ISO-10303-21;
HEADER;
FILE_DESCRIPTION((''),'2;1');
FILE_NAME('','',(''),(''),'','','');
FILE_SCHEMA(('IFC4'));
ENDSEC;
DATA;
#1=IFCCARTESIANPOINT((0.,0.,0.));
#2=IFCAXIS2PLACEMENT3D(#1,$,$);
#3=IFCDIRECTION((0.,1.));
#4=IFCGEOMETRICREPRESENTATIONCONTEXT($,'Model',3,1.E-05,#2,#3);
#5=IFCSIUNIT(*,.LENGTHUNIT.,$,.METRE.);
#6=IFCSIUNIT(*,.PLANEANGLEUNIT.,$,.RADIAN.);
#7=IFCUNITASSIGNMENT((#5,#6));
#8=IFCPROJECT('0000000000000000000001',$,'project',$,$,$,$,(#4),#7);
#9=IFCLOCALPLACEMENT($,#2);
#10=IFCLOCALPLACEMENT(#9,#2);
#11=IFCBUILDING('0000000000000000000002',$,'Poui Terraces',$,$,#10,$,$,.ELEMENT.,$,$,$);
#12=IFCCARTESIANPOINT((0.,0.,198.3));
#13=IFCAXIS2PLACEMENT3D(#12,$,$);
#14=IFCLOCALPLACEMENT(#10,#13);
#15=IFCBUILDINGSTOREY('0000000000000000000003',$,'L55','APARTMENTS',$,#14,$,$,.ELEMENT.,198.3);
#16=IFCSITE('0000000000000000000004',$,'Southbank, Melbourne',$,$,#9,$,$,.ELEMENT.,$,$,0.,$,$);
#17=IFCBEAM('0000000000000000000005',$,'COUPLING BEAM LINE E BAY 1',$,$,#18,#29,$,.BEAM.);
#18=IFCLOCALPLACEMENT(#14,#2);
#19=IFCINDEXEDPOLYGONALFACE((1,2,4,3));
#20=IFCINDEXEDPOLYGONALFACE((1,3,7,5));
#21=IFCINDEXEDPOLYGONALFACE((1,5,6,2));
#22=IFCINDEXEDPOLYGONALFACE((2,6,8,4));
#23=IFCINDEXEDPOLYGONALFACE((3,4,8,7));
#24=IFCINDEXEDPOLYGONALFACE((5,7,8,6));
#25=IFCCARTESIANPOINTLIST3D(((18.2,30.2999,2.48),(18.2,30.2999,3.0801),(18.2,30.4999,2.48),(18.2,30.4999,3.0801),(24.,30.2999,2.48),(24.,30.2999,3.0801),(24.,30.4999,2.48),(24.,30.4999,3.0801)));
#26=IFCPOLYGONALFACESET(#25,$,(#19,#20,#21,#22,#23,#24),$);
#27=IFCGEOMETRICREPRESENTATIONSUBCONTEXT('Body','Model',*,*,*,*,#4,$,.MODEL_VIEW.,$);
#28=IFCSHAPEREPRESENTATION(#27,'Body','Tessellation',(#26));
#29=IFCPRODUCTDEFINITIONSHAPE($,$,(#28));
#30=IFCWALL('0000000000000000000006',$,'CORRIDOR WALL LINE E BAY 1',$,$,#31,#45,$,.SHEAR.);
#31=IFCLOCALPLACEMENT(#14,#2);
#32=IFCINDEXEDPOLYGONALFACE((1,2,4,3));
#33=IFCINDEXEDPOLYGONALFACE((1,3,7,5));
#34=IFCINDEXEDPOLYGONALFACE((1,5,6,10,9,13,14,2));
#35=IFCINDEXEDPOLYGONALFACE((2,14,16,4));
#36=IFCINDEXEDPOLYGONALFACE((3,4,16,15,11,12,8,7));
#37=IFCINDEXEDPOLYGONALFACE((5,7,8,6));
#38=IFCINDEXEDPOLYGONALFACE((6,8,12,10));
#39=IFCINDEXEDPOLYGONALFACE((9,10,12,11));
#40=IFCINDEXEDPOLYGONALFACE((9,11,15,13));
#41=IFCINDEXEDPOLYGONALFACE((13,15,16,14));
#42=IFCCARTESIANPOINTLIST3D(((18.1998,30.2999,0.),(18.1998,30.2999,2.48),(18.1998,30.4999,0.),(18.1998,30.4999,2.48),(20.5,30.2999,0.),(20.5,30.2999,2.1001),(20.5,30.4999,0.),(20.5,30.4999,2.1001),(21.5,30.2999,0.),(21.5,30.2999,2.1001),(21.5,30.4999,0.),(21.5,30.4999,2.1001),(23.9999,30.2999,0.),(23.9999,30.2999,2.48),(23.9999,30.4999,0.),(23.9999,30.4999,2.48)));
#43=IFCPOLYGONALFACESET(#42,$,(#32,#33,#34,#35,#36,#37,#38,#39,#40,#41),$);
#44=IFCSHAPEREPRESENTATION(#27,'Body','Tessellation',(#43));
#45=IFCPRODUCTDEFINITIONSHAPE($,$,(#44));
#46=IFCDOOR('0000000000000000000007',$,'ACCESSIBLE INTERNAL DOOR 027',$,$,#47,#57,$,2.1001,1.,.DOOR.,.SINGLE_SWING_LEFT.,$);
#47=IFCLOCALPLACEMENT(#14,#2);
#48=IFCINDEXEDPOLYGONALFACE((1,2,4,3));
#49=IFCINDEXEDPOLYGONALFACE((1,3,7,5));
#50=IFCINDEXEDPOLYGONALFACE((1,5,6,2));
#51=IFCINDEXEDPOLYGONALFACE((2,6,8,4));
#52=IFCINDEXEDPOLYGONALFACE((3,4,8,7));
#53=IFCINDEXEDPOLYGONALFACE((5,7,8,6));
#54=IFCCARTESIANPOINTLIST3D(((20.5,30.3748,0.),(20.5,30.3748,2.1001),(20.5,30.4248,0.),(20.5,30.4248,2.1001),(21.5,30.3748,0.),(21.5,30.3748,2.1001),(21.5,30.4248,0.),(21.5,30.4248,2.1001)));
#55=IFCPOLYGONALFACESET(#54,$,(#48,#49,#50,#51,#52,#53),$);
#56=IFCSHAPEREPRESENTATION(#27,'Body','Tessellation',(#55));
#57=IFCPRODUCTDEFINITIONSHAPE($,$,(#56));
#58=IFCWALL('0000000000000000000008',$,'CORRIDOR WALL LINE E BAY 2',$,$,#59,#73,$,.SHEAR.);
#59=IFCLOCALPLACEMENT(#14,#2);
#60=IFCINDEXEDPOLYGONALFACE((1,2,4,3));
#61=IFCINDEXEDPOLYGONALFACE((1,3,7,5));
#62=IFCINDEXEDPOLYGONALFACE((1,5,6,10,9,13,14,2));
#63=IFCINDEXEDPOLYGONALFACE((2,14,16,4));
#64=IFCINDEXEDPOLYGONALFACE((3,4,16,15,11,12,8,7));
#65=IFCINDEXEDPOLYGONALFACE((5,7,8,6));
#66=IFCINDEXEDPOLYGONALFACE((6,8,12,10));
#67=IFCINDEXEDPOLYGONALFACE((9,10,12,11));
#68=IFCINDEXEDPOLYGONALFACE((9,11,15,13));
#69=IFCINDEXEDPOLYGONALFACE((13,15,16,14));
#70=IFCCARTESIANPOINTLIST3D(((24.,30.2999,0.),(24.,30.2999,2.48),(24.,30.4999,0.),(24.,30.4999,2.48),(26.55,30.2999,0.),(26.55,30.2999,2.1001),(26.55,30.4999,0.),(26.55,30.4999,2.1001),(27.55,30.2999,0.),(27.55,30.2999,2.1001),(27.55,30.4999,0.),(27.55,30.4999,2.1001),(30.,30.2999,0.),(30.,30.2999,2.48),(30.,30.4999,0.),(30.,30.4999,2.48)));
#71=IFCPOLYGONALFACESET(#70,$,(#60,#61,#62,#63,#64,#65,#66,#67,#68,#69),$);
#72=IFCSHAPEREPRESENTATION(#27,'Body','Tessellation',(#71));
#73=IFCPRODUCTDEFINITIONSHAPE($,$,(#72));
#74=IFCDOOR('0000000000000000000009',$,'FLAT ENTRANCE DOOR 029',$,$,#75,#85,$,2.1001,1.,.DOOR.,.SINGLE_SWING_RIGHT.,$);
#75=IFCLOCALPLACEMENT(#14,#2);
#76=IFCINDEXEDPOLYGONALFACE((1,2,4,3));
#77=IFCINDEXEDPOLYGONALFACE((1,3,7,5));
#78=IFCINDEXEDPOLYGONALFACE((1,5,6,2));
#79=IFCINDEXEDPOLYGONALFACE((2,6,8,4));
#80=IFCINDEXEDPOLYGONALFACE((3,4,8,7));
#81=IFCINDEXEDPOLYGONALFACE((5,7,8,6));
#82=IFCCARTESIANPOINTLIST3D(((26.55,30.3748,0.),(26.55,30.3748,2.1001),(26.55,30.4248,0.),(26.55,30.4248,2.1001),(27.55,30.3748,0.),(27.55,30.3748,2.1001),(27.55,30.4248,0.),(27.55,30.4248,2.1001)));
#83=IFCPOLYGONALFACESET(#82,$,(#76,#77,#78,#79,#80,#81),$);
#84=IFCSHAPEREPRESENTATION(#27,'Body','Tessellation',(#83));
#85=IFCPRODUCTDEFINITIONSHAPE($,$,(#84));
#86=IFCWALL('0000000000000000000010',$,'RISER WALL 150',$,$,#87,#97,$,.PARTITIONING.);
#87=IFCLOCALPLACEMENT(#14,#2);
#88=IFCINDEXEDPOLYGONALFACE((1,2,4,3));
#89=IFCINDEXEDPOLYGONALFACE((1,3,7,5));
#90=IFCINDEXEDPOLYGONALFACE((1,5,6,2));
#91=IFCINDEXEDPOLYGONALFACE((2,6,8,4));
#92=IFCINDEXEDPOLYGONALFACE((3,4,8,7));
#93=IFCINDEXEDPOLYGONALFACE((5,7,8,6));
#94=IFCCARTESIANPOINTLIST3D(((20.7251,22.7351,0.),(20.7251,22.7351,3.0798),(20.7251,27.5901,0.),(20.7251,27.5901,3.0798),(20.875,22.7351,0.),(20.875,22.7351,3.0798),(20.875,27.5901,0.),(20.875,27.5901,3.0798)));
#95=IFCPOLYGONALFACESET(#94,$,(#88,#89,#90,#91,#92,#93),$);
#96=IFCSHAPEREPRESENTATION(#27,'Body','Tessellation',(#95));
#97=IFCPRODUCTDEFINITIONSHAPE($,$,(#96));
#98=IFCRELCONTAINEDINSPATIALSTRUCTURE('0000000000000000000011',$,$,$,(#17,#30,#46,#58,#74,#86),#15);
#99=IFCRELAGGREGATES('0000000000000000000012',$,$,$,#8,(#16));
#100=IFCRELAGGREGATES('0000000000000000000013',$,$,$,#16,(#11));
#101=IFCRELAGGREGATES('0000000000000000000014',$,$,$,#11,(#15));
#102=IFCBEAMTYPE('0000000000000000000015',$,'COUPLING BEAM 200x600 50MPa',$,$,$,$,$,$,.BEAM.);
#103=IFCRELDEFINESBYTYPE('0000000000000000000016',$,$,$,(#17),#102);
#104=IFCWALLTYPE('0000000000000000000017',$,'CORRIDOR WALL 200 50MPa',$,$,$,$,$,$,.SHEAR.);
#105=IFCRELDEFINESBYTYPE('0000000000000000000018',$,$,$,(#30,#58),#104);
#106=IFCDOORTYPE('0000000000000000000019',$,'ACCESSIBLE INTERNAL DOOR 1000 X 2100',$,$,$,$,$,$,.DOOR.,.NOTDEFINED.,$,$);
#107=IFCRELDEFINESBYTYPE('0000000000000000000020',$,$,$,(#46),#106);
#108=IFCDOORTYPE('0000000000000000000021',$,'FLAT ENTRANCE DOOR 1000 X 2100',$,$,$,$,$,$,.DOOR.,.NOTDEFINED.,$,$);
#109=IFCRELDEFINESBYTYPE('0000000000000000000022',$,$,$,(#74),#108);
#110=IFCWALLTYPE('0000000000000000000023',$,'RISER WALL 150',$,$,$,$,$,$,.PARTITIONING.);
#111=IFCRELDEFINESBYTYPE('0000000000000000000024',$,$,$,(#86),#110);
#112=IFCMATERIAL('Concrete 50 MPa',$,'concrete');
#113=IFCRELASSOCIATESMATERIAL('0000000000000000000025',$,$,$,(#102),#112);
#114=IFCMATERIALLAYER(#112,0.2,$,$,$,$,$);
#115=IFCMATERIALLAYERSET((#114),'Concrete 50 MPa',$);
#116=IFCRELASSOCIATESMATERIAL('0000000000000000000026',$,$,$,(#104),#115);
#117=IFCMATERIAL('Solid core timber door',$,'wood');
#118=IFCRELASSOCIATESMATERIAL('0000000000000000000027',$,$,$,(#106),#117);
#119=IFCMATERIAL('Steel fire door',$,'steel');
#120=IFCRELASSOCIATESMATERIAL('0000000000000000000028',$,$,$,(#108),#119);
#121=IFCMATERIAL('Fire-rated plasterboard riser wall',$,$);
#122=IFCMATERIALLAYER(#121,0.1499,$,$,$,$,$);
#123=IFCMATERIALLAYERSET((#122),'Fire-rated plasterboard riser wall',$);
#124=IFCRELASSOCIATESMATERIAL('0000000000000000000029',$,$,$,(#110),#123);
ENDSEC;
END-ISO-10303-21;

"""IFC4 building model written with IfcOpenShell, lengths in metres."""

from ifc_helpers import new_model, si_unit, direction, frame, frame_2d, origin, origin_2d, place, context, subcontext, project, spatial, rectangle, extrude, source, transform, mapped, material, layer, layer_set, material_profile, profile_set, type_object, element, fill, save


model = new_model("IFC4")

# Units and contexts
model_context = context("Model", 3, precision=1e-05, world=origin(), true_north=direction((0.0, 1.0)))
body_context = subcontext(model_context, "Body", "Model", "MODEL_VIEW")
ifc_project = project(units=[si_unit("LENGTHUNIT", "METRE"), si_unit("PLANEANGLEUNIT", "RADIAN")], contexts=[model_context])

# Site, building, storey
site_placement = place(None, origin())
site = spatial("IfcSite", under=ifc_project, at=site_placement, Name="Southbank, Melbourne", CompositionType="ELEMENT", RefElevation=0.0)
building_placement = place(site_placement, origin())
building = spatial("IfcBuilding", under=site, at=building_placement, Name="Poui Terraces", CompositionType="ELEMENT")
storey_placement = place(building_placement, frame((0.0, 0.0, 198.3)))
storey = spatial("IfcBuildingStorey", under=building, at=storey_placement, Name="L55", Description="APARTMENTS", CompositionType="ELEMENT", Elevation=198.3)

# Beam
ifc_material_1 = material(Name="Concrete 50 MPa", Category="concrete")
ifc_material_profile = material_profile(ifc_material_1, rectangle(XDim=0.2, YDim=0.6001, at=origin_2d()), Name="RC 200x600")
ifc_profile_set = profile_set([ifc_material_profile], Name="Concrete 50 MPa")
beam_type = type_object("IfcBeamType", Name="COUPLING BEAM 200x600 50MPa", PredefinedType="BEAM", material=ifc_profile_set)
shared_shape = source(origin(), body_context, "Body", "SweptSolid", [
    extrude(rectangle(XDim=0.2, YDim=0.6001, at=origin_2d()), origin(), (0.0, 0.0, 1.0), 5.8),
])
beam_placement = place(storey_placement, frame((18.2, 30.3999, 2.78), z_axis=(1.0, 0.0, 0.0), x_axis=(0.0, 1.0, 0.0)))
element("IfcBeam", 1, at=beam_placement, inside=storey, type_object=beam_type, Name="COUPLING BEAM LINE E BAY 1", PredefinedType="BEAM", context=body_context, shape_type="MappedRepresentation", body=[
    mapped(shared_shape, transform((0.0, 0.0, 0.0))),
])

# Walls, openings, doors
ifc_layer_1 = layer(ifc_material_1, 0.2)
ifc_layer_set_1 = layer_set([ifc_layer_1], Name="Concrete 50 MPa")
wall_type_1 = type_object("IfcWallType", Name="CORRIDOR WALL 200 50MPa", PredefinedType="SHEAR", material=ifc_layer_set_1)
wall_1_placement = place(storey_placement, frame((18.2, 30.3999, 0.0), z_axis=(0.0, 0.0, 1.0), x_axis=(1.0, 0.0, 0.0)))
wall_1 = element("IfcWall", 2, at=wall_1_placement, inside=storey, type_object=wall_type_1, Name="CORRIDOR WALL LINE E BAY 1", PredefinedType="SHEAR", context=body_context, shape_type="SweptSolid", body=[
    extrude(rectangle(XDim=5.8, YDim=0.2, at=frame_2d((2.8999, 0.0))), origin(), (0.0, 0.0, 1.0), 2.48),
])
opening_1_placement = place(wall_1_placement, frame((2.3, 0.0, 0.0)))
opening_1 = element("IfcOpeningElement", 3, at=opening_1_placement, cuts=wall_1, PredefinedType="OPENING", context=body_context, shape_type="SweptSolid", body=[
    extrude(rectangle(XDim=1.0, YDim=2.1001, at=frame_2d((0.5, 1.05))), frame((0.0, 0.1099, 0.0), z_axis=(0.0, -1.0, 0.0), x_axis=(1.0, 0.0, 0.0)), (0.0, 0.0, 1.0), 0.22),
])
ifc_material_2 = material(Name="Solid core timber door", Category="wood")
door_type_1 = type_object("IfcDoorType", Name="ACCESSIBLE INTERNAL DOOR 1000 X 2100", OperationType="NOTDEFINED", PredefinedType="DOOR", material=ifc_material_2)
door_1_placement = place(opening_1_placement, origin())
door_1 = element("IfcDoor", 4, at=door_1_placement, inside=storey, type_object=door_type_1, Name="ACCESSIBLE INTERNAL DOOR 027", OperationType="SINGLE_SWING_LEFT", OverallHeight=2.1001, OverallWidth=1.0, PredefinedType="DOOR", context=body_context, shape_type="SweptSolid", body=[
    extrude(rectangle(XDim=1.0, YDim=2.1001, at=frame_2d((0.5, 1.05))), frame((0.0, 0.0249, 0.0), z_axis=(0.0, -1.0, 0.0), x_axis=(1.0, 0.0, 0.0)), (0.0, 0.0, 1.0), 0.05),
])
fill(opening_1, door_1)
wall_2_placement = place(storey_placement, frame((24.0, 30.3999, 0.0), z_axis=(0.0, 0.0, 1.0), x_axis=(1.0, 0.0, 0.0)))
wall_2 = element("IfcWall", 5, at=wall_2_placement, inside=storey, type_object=wall_type_1, Name="CORRIDOR WALL LINE E BAY 2", PredefinedType="SHEAR", context=body_context, shape_type="SweptSolid", body=[
    extrude(rectangle(XDim=6.0, YDim=0.2, at=frame_2d((3.0, 0.0))), origin(), (0.0, 0.0, 1.0), 2.48),
])
opening_2_placement = place(wall_2_placement, frame((2.55, 0.0, 0.0)))
opening_2 = element("IfcOpeningElement", 6, at=opening_2_placement, cuts=wall_2, PredefinedType="OPENING", context=body_context, shape_type="SweptSolid", body=[
    extrude(rectangle(XDim=1.0, YDim=2.1001, at=frame_2d((0.5, 1.05))), frame((0.0, 0.1099, 0.0), z_axis=(0.0, -1.0, 0.0), x_axis=(1.0, 0.0, 0.0)), (0.0, 0.0, 1.0), 0.22),
])
ifc_material_3 = material(Name="Steel fire door", Category="steel")
door_type_2 = type_object("IfcDoorType", Name="FLAT ENTRANCE DOOR 1000 X 2100", OperationType="NOTDEFINED", PredefinedType="DOOR", material=ifc_material_3)
door_2_placement = place(opening_2_placement, origin())
door_2 = element("IfcDoor", 7, at=door_2_placement, inside=storey, type_object=door_type_2, Name="FLAT ENTRANCE DOOR 029", OperationType="SINGLE_SWING_RIGHT", OverallHeight=2.1001, OverallWidth=1.0, PredefinedType="DOOR", context=body_context, shape_type="SweptSolid", body=[
    extrude(rectangle(XDim=1.0, YDim=2.1001, at=frame_2d((0.5, 1.05))), frame((0.0, 0.0249, 0.0), z_axis=(0.0, -1.0, 0.0), x_axis=(1.0, 0.0, 0.0)), (0.0, 0.0, 1.0), 0.05),
])
fill(opening_2, door_2)

# Wall
ifc_material_4 = material(Name="Fire-rated plasterboard riser wall")
ifc_layer_2 = layer(ifc_material_4, 0.1499)
ifc_layer_set_2 = layer_set([ifc_layer_2], Name="Fire-rated plasterboard riser wall")
wall_type_2 = type_object("IfcWallType", Name="RISER WALL 150", PredefinedType="PARTITIONING", material=ifc_layer_set_2)
wall_3_placement = place(storey_placement, frame((20.8, 22.7351, 0.0), z_axis=(0.0, 0.0, 1.0), x_axis=(0.0, 1.0, 0.0)))
element("IfcWall", 8, at=wall_3_placement, inside=storey, type_object=wall_type_2, Name="RISER WALL 150", PredefinedType="PARTITIONING", context=body_context, shape_type="SweptSolid", body=[
    extrude(rectangle(XDim=4.855, YDim=0.1499, at=frame_2d((2.4275, 0.0))), origin(), (0.0, 0.0, 1.0), 3.0798),
])

save(model, "model.ifc")
